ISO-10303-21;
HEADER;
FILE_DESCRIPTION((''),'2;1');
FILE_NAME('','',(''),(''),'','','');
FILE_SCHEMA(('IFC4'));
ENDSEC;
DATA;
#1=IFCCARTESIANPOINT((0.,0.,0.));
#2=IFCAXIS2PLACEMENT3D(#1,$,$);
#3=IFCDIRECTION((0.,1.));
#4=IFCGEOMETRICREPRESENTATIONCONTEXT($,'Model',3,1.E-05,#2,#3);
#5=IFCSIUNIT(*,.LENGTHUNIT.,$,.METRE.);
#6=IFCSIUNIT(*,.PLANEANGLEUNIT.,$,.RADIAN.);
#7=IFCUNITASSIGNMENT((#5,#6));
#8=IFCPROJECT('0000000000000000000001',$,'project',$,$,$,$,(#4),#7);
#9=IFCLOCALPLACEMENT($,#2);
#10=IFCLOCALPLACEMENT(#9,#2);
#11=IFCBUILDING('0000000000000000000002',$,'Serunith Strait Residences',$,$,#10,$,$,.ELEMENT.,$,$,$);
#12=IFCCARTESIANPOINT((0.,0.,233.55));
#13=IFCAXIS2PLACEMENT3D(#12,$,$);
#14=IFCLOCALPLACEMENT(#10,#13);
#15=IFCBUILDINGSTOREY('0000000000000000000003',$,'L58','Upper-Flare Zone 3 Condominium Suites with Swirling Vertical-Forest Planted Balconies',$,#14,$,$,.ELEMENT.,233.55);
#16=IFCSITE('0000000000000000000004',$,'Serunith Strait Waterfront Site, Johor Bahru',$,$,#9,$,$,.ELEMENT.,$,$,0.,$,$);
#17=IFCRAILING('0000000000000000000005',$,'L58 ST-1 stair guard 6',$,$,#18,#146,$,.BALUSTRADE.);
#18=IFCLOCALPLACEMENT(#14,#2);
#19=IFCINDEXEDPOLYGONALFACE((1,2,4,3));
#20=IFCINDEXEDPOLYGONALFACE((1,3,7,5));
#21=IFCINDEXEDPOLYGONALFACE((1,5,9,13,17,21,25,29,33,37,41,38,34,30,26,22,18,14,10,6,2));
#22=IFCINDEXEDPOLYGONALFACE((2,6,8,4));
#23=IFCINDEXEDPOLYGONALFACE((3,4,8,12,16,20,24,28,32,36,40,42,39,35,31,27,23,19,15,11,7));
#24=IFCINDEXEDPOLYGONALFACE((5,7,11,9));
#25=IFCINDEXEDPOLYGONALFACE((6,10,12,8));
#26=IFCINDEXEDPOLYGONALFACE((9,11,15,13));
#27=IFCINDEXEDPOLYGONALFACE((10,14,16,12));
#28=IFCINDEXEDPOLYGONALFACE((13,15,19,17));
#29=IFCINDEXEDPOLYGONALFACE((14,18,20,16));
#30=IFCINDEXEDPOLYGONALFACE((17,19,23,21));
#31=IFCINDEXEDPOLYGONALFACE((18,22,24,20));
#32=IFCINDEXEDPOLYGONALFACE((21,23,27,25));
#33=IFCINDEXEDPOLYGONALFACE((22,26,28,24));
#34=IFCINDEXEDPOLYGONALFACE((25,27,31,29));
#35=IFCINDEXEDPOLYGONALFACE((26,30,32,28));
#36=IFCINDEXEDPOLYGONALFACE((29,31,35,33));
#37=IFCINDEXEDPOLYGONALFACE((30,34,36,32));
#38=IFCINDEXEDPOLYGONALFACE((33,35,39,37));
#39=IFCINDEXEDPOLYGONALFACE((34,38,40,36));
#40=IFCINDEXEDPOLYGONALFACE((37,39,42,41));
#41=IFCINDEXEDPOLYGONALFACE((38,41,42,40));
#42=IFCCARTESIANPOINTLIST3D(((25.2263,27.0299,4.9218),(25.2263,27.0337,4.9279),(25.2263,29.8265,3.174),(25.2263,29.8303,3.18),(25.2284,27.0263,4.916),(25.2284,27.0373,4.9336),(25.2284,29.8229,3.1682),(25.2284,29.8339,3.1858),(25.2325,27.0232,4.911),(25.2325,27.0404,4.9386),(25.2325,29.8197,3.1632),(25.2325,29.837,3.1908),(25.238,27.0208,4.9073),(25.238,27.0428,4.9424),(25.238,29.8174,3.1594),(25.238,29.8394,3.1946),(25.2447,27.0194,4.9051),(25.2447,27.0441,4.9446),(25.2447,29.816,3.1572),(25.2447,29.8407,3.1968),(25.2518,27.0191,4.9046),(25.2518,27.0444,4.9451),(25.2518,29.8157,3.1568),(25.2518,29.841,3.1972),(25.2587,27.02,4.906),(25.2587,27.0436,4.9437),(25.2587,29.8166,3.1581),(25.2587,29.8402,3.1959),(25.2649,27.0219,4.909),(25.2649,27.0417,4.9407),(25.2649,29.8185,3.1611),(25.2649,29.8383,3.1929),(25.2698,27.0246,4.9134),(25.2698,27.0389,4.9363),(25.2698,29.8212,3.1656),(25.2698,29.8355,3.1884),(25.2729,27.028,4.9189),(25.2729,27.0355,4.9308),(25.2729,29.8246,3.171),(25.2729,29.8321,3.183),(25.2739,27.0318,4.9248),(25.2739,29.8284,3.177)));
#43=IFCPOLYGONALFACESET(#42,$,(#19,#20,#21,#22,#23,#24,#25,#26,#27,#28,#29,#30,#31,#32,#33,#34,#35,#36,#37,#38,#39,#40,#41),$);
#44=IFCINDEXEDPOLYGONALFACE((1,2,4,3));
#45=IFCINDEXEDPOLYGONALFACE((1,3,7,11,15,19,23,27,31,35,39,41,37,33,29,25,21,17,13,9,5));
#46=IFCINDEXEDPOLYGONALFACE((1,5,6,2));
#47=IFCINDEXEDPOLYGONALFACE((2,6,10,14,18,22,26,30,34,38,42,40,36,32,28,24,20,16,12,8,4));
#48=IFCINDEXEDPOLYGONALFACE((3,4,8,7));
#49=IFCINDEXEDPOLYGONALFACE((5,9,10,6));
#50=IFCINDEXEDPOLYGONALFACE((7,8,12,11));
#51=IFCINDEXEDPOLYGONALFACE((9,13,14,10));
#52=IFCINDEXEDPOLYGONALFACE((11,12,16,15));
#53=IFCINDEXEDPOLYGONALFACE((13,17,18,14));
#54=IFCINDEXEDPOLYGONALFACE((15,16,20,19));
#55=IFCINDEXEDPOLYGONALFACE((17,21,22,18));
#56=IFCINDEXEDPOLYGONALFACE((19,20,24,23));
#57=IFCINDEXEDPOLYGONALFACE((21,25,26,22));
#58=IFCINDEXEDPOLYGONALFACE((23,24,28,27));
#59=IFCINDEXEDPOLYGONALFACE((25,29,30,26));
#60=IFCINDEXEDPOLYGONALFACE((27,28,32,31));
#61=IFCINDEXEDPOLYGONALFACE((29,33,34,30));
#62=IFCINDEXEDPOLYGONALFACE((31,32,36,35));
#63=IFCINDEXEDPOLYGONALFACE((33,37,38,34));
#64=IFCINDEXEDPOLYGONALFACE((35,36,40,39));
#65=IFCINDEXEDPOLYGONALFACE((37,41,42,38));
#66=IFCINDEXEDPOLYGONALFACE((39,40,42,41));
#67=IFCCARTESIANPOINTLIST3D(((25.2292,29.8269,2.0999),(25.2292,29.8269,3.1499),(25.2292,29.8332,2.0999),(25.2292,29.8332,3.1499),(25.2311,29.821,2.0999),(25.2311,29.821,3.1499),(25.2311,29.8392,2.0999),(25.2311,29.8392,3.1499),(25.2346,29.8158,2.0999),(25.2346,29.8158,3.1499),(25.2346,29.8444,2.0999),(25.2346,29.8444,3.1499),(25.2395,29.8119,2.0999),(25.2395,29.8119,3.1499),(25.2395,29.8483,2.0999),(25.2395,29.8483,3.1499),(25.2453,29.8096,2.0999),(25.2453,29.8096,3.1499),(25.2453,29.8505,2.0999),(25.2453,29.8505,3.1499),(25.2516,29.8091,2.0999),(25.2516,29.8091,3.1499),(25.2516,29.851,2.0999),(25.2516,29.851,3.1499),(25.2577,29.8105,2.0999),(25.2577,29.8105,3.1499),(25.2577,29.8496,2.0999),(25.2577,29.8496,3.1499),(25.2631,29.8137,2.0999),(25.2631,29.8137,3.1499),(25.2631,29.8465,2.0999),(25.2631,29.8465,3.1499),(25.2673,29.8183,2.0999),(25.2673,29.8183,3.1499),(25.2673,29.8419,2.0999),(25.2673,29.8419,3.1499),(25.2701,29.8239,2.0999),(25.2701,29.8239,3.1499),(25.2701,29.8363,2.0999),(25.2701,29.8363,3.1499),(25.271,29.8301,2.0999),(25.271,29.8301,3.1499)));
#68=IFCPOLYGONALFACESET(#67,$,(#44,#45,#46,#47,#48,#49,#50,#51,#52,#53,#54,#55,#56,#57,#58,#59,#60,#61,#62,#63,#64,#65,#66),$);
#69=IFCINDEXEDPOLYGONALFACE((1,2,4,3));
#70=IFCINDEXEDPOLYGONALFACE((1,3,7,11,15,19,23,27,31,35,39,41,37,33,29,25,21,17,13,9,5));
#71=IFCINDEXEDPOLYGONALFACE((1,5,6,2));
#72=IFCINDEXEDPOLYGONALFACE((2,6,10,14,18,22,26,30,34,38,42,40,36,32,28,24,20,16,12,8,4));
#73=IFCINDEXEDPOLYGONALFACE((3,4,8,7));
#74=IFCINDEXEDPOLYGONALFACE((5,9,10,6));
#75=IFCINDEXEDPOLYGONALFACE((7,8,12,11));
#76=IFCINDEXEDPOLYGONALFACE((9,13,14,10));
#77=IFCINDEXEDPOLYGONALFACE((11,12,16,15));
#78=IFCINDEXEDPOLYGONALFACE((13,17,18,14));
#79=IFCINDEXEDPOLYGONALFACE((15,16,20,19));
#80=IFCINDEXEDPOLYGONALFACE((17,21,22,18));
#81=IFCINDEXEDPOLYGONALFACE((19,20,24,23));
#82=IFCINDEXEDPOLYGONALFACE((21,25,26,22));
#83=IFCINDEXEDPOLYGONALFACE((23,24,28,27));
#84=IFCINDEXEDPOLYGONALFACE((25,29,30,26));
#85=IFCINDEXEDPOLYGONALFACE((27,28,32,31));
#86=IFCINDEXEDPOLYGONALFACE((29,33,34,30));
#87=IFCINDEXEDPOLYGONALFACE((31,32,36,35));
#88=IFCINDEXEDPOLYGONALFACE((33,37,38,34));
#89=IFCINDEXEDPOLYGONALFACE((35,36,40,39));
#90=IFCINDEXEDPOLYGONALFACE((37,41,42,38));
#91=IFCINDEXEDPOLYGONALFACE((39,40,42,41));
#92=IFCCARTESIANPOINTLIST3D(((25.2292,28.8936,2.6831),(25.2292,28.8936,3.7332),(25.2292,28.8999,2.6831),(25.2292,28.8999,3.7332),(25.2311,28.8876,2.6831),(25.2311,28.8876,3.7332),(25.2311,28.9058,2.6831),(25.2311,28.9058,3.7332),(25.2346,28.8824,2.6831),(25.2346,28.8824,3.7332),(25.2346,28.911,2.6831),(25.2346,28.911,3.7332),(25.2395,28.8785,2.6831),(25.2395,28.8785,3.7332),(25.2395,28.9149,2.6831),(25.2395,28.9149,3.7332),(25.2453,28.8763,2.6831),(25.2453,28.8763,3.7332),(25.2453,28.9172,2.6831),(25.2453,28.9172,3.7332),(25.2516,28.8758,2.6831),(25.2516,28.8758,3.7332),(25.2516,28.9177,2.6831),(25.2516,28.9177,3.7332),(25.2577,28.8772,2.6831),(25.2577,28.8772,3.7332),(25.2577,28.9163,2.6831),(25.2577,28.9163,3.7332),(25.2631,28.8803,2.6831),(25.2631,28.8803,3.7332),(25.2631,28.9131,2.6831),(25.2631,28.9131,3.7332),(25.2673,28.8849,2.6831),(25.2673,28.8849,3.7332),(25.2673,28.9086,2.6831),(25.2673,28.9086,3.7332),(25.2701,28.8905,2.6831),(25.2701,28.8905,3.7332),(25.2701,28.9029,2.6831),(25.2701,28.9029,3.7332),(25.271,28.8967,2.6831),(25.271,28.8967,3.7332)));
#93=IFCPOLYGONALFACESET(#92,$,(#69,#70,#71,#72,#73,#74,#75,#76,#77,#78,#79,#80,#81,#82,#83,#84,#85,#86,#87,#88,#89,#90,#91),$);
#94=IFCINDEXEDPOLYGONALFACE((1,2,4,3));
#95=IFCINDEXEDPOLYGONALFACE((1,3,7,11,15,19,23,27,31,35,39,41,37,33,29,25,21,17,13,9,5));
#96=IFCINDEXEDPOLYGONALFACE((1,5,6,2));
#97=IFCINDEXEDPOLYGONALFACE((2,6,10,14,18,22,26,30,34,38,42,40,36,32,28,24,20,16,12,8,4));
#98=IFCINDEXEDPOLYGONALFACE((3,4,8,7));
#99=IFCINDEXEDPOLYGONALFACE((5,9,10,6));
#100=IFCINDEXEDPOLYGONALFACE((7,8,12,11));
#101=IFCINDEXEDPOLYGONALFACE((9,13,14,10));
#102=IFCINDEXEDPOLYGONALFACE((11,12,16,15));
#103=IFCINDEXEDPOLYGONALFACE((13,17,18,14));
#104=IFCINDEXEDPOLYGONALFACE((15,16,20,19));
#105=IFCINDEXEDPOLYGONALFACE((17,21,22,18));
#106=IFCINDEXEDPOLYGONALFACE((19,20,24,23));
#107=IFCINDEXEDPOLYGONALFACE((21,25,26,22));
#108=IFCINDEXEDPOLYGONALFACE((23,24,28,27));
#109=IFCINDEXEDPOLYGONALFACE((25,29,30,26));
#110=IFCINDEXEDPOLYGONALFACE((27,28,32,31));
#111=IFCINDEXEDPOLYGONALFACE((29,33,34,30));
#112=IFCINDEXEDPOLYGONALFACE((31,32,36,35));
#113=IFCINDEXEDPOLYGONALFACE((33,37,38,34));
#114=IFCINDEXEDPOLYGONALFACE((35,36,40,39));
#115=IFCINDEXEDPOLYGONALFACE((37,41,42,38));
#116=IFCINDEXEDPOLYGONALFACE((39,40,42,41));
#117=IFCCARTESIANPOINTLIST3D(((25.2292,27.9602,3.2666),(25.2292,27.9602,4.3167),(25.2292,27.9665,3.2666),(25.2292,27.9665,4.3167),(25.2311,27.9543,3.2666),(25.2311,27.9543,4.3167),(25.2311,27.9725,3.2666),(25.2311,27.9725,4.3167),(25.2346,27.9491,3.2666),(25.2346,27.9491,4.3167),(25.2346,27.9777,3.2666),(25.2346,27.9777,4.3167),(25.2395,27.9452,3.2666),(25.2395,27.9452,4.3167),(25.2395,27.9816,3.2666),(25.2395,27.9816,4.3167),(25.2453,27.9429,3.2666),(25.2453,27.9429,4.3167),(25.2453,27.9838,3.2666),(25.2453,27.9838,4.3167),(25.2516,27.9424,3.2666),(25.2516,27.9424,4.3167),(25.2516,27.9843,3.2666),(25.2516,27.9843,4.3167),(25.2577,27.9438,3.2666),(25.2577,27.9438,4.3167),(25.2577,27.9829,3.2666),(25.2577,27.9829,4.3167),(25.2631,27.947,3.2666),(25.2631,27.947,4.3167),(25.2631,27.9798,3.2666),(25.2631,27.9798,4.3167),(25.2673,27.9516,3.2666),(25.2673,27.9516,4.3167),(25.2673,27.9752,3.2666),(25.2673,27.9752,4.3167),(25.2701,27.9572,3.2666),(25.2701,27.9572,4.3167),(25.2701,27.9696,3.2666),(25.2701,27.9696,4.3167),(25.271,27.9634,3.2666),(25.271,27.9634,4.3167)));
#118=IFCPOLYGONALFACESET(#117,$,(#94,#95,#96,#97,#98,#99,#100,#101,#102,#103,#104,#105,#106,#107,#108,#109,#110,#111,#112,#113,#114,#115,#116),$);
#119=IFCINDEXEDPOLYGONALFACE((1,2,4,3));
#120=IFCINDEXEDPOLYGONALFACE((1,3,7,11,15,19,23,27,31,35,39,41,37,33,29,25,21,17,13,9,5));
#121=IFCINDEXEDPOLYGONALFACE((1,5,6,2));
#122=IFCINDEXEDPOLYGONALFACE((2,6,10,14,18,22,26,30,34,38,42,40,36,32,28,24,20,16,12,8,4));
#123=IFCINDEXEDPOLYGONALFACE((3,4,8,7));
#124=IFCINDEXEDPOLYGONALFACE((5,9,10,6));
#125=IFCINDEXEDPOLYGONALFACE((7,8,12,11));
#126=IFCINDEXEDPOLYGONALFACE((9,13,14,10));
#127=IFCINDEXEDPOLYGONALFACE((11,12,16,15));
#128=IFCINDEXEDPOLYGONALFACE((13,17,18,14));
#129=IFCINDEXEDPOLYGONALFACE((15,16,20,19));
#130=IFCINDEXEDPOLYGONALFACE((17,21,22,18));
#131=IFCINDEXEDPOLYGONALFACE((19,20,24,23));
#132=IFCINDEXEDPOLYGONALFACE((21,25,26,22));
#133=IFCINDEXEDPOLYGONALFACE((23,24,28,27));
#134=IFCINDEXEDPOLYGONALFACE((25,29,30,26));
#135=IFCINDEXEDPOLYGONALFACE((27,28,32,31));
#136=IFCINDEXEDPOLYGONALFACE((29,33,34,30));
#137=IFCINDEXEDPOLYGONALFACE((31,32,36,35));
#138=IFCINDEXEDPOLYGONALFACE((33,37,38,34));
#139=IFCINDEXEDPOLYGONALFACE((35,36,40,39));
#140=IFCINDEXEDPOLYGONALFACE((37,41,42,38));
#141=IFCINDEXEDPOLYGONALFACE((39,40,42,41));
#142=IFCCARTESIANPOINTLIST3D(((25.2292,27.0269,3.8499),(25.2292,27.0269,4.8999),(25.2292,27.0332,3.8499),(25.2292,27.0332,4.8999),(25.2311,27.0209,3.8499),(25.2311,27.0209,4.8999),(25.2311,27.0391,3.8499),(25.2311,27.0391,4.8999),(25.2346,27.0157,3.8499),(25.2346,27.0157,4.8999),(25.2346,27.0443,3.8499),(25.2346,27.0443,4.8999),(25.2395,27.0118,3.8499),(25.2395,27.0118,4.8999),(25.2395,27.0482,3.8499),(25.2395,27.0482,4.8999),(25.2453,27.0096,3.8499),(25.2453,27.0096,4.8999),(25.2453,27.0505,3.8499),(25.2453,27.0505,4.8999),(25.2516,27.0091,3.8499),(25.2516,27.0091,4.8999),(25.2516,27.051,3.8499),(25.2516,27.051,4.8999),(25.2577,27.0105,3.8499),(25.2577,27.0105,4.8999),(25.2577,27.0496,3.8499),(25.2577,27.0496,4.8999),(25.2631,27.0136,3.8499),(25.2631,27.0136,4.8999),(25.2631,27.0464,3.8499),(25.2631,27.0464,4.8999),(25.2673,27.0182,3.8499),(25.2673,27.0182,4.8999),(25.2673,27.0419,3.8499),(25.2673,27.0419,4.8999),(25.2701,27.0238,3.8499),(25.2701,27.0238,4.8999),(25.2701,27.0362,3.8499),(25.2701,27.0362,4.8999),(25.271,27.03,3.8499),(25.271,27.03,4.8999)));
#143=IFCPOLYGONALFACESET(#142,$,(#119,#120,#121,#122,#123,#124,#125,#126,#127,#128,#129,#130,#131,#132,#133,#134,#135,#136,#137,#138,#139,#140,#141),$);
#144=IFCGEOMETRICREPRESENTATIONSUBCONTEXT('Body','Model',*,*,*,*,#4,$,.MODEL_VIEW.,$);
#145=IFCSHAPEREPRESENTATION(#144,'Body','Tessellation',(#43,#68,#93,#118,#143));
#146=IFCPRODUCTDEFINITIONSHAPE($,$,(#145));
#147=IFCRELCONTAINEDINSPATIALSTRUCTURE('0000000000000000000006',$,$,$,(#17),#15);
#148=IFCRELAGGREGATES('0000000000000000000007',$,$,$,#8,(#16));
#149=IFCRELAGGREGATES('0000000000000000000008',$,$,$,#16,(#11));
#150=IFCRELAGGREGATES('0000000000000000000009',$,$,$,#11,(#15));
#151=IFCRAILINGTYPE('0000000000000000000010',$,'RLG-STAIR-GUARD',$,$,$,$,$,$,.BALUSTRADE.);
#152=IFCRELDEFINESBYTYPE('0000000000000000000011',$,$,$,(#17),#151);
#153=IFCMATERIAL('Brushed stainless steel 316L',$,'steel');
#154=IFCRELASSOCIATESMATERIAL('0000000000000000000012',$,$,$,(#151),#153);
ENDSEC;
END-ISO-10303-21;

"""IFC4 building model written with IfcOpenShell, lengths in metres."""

from ifc_helpers import new_model, si_unit, direction, frame, origin, origin_2d, place, context, subcontext, project, spatial, circle, extrude, material, type_object, element, save


model = new_model("IFC4")

# Units and contexts
model_context = context("Model", 3, precision=1e-05, world=origin(), true_north=direction((0.0, 1.0)))
body_context = subcontext(model_context, "Body", "Model", "MODEL_VIEW")
ifc_project = project(units=[si_unit("LENGTHUNIT", "METRE"), si_unit("PLANEANGLEUNIT", "RADIAN")], contexts=[model_context])

# Site, building, storey
site_placement = place(None, origin())
site = spatial("IfcSite", under=ifc_project, at=site_placement, Name="Serunith Strait Waterfront Site, Johor Bahru", CompositionType="ELEMENT", RefElevation=0.0)
building_placement = place(site_placement, origin())
building = spatial("IfcBuilding", under=site, at=building_placement, Name="Serunith Strait Residences", CompositionType="ELEMENT")
storey_placement = place(building_placement, frame((0.0, 0.0, 233.55)))
storey = spatial("IfcBuildingStorey", under=building, at=storey_placement, Name="L58", Description="Upper-Flare Zone 3 Condominium Suites with Swirling Vertical-Forest Planted Balconies", CompositionType="ELEMENT", Elevation=233.55)

# Railing
ifc_material_1 = material(Name="Brushed stainless steel 316L", Category="steel")
railing_type_1 = type_object("IfcRailingType", Name="RLG-STAIR-GUARD", PredefinedType="BALUSTRADE", material=ifc_material_1)
railing_1_placement = place(storey_placement, frame((25.25, 29.8301, 2.0999)))
element("IfcRailing", 1, at=railing_1_placement, inside=storey, type_object=railing_type_1, Name="L58 ST-1 stair guard 6", PredefinedType="BALUSTRADE", context=body_context, shape_type="SweptSolid", body=[
    extrude(circle(Radius=0.0239, at=origin_2d()), frame((0.0, -0.0017, 1.0771), z_axis=(0.0, -0.848002, 0.529992), x_axis=(1.0, 0.0, 0.0)), (0.0, 0.0, 1.0), 3.2979),
    extrude(circle(Radius=0.021, at=origin_2d()), origin(), (0.0, 0.0, 1.0), 1.05),
    extrude(circle(Radius=0.021, at=origin_2d()), frame((0.0, -0.9333, 0.5833)), (0.0, 0.0, 1.0), 1.05),
    extrude(circle(Radius=0.021, at=origin_2d()), frame((0.0, -1.8667, 1.1667)), (0.0, 0.0, 1.0), 1.05),
    extrude(circle(Radius=0.021, at=origin_2d()), frame((0.0, -2.8, 1.75)), (0.0, 0.0, 1.0), 1.05),
])

save(model, "model.ifc")
